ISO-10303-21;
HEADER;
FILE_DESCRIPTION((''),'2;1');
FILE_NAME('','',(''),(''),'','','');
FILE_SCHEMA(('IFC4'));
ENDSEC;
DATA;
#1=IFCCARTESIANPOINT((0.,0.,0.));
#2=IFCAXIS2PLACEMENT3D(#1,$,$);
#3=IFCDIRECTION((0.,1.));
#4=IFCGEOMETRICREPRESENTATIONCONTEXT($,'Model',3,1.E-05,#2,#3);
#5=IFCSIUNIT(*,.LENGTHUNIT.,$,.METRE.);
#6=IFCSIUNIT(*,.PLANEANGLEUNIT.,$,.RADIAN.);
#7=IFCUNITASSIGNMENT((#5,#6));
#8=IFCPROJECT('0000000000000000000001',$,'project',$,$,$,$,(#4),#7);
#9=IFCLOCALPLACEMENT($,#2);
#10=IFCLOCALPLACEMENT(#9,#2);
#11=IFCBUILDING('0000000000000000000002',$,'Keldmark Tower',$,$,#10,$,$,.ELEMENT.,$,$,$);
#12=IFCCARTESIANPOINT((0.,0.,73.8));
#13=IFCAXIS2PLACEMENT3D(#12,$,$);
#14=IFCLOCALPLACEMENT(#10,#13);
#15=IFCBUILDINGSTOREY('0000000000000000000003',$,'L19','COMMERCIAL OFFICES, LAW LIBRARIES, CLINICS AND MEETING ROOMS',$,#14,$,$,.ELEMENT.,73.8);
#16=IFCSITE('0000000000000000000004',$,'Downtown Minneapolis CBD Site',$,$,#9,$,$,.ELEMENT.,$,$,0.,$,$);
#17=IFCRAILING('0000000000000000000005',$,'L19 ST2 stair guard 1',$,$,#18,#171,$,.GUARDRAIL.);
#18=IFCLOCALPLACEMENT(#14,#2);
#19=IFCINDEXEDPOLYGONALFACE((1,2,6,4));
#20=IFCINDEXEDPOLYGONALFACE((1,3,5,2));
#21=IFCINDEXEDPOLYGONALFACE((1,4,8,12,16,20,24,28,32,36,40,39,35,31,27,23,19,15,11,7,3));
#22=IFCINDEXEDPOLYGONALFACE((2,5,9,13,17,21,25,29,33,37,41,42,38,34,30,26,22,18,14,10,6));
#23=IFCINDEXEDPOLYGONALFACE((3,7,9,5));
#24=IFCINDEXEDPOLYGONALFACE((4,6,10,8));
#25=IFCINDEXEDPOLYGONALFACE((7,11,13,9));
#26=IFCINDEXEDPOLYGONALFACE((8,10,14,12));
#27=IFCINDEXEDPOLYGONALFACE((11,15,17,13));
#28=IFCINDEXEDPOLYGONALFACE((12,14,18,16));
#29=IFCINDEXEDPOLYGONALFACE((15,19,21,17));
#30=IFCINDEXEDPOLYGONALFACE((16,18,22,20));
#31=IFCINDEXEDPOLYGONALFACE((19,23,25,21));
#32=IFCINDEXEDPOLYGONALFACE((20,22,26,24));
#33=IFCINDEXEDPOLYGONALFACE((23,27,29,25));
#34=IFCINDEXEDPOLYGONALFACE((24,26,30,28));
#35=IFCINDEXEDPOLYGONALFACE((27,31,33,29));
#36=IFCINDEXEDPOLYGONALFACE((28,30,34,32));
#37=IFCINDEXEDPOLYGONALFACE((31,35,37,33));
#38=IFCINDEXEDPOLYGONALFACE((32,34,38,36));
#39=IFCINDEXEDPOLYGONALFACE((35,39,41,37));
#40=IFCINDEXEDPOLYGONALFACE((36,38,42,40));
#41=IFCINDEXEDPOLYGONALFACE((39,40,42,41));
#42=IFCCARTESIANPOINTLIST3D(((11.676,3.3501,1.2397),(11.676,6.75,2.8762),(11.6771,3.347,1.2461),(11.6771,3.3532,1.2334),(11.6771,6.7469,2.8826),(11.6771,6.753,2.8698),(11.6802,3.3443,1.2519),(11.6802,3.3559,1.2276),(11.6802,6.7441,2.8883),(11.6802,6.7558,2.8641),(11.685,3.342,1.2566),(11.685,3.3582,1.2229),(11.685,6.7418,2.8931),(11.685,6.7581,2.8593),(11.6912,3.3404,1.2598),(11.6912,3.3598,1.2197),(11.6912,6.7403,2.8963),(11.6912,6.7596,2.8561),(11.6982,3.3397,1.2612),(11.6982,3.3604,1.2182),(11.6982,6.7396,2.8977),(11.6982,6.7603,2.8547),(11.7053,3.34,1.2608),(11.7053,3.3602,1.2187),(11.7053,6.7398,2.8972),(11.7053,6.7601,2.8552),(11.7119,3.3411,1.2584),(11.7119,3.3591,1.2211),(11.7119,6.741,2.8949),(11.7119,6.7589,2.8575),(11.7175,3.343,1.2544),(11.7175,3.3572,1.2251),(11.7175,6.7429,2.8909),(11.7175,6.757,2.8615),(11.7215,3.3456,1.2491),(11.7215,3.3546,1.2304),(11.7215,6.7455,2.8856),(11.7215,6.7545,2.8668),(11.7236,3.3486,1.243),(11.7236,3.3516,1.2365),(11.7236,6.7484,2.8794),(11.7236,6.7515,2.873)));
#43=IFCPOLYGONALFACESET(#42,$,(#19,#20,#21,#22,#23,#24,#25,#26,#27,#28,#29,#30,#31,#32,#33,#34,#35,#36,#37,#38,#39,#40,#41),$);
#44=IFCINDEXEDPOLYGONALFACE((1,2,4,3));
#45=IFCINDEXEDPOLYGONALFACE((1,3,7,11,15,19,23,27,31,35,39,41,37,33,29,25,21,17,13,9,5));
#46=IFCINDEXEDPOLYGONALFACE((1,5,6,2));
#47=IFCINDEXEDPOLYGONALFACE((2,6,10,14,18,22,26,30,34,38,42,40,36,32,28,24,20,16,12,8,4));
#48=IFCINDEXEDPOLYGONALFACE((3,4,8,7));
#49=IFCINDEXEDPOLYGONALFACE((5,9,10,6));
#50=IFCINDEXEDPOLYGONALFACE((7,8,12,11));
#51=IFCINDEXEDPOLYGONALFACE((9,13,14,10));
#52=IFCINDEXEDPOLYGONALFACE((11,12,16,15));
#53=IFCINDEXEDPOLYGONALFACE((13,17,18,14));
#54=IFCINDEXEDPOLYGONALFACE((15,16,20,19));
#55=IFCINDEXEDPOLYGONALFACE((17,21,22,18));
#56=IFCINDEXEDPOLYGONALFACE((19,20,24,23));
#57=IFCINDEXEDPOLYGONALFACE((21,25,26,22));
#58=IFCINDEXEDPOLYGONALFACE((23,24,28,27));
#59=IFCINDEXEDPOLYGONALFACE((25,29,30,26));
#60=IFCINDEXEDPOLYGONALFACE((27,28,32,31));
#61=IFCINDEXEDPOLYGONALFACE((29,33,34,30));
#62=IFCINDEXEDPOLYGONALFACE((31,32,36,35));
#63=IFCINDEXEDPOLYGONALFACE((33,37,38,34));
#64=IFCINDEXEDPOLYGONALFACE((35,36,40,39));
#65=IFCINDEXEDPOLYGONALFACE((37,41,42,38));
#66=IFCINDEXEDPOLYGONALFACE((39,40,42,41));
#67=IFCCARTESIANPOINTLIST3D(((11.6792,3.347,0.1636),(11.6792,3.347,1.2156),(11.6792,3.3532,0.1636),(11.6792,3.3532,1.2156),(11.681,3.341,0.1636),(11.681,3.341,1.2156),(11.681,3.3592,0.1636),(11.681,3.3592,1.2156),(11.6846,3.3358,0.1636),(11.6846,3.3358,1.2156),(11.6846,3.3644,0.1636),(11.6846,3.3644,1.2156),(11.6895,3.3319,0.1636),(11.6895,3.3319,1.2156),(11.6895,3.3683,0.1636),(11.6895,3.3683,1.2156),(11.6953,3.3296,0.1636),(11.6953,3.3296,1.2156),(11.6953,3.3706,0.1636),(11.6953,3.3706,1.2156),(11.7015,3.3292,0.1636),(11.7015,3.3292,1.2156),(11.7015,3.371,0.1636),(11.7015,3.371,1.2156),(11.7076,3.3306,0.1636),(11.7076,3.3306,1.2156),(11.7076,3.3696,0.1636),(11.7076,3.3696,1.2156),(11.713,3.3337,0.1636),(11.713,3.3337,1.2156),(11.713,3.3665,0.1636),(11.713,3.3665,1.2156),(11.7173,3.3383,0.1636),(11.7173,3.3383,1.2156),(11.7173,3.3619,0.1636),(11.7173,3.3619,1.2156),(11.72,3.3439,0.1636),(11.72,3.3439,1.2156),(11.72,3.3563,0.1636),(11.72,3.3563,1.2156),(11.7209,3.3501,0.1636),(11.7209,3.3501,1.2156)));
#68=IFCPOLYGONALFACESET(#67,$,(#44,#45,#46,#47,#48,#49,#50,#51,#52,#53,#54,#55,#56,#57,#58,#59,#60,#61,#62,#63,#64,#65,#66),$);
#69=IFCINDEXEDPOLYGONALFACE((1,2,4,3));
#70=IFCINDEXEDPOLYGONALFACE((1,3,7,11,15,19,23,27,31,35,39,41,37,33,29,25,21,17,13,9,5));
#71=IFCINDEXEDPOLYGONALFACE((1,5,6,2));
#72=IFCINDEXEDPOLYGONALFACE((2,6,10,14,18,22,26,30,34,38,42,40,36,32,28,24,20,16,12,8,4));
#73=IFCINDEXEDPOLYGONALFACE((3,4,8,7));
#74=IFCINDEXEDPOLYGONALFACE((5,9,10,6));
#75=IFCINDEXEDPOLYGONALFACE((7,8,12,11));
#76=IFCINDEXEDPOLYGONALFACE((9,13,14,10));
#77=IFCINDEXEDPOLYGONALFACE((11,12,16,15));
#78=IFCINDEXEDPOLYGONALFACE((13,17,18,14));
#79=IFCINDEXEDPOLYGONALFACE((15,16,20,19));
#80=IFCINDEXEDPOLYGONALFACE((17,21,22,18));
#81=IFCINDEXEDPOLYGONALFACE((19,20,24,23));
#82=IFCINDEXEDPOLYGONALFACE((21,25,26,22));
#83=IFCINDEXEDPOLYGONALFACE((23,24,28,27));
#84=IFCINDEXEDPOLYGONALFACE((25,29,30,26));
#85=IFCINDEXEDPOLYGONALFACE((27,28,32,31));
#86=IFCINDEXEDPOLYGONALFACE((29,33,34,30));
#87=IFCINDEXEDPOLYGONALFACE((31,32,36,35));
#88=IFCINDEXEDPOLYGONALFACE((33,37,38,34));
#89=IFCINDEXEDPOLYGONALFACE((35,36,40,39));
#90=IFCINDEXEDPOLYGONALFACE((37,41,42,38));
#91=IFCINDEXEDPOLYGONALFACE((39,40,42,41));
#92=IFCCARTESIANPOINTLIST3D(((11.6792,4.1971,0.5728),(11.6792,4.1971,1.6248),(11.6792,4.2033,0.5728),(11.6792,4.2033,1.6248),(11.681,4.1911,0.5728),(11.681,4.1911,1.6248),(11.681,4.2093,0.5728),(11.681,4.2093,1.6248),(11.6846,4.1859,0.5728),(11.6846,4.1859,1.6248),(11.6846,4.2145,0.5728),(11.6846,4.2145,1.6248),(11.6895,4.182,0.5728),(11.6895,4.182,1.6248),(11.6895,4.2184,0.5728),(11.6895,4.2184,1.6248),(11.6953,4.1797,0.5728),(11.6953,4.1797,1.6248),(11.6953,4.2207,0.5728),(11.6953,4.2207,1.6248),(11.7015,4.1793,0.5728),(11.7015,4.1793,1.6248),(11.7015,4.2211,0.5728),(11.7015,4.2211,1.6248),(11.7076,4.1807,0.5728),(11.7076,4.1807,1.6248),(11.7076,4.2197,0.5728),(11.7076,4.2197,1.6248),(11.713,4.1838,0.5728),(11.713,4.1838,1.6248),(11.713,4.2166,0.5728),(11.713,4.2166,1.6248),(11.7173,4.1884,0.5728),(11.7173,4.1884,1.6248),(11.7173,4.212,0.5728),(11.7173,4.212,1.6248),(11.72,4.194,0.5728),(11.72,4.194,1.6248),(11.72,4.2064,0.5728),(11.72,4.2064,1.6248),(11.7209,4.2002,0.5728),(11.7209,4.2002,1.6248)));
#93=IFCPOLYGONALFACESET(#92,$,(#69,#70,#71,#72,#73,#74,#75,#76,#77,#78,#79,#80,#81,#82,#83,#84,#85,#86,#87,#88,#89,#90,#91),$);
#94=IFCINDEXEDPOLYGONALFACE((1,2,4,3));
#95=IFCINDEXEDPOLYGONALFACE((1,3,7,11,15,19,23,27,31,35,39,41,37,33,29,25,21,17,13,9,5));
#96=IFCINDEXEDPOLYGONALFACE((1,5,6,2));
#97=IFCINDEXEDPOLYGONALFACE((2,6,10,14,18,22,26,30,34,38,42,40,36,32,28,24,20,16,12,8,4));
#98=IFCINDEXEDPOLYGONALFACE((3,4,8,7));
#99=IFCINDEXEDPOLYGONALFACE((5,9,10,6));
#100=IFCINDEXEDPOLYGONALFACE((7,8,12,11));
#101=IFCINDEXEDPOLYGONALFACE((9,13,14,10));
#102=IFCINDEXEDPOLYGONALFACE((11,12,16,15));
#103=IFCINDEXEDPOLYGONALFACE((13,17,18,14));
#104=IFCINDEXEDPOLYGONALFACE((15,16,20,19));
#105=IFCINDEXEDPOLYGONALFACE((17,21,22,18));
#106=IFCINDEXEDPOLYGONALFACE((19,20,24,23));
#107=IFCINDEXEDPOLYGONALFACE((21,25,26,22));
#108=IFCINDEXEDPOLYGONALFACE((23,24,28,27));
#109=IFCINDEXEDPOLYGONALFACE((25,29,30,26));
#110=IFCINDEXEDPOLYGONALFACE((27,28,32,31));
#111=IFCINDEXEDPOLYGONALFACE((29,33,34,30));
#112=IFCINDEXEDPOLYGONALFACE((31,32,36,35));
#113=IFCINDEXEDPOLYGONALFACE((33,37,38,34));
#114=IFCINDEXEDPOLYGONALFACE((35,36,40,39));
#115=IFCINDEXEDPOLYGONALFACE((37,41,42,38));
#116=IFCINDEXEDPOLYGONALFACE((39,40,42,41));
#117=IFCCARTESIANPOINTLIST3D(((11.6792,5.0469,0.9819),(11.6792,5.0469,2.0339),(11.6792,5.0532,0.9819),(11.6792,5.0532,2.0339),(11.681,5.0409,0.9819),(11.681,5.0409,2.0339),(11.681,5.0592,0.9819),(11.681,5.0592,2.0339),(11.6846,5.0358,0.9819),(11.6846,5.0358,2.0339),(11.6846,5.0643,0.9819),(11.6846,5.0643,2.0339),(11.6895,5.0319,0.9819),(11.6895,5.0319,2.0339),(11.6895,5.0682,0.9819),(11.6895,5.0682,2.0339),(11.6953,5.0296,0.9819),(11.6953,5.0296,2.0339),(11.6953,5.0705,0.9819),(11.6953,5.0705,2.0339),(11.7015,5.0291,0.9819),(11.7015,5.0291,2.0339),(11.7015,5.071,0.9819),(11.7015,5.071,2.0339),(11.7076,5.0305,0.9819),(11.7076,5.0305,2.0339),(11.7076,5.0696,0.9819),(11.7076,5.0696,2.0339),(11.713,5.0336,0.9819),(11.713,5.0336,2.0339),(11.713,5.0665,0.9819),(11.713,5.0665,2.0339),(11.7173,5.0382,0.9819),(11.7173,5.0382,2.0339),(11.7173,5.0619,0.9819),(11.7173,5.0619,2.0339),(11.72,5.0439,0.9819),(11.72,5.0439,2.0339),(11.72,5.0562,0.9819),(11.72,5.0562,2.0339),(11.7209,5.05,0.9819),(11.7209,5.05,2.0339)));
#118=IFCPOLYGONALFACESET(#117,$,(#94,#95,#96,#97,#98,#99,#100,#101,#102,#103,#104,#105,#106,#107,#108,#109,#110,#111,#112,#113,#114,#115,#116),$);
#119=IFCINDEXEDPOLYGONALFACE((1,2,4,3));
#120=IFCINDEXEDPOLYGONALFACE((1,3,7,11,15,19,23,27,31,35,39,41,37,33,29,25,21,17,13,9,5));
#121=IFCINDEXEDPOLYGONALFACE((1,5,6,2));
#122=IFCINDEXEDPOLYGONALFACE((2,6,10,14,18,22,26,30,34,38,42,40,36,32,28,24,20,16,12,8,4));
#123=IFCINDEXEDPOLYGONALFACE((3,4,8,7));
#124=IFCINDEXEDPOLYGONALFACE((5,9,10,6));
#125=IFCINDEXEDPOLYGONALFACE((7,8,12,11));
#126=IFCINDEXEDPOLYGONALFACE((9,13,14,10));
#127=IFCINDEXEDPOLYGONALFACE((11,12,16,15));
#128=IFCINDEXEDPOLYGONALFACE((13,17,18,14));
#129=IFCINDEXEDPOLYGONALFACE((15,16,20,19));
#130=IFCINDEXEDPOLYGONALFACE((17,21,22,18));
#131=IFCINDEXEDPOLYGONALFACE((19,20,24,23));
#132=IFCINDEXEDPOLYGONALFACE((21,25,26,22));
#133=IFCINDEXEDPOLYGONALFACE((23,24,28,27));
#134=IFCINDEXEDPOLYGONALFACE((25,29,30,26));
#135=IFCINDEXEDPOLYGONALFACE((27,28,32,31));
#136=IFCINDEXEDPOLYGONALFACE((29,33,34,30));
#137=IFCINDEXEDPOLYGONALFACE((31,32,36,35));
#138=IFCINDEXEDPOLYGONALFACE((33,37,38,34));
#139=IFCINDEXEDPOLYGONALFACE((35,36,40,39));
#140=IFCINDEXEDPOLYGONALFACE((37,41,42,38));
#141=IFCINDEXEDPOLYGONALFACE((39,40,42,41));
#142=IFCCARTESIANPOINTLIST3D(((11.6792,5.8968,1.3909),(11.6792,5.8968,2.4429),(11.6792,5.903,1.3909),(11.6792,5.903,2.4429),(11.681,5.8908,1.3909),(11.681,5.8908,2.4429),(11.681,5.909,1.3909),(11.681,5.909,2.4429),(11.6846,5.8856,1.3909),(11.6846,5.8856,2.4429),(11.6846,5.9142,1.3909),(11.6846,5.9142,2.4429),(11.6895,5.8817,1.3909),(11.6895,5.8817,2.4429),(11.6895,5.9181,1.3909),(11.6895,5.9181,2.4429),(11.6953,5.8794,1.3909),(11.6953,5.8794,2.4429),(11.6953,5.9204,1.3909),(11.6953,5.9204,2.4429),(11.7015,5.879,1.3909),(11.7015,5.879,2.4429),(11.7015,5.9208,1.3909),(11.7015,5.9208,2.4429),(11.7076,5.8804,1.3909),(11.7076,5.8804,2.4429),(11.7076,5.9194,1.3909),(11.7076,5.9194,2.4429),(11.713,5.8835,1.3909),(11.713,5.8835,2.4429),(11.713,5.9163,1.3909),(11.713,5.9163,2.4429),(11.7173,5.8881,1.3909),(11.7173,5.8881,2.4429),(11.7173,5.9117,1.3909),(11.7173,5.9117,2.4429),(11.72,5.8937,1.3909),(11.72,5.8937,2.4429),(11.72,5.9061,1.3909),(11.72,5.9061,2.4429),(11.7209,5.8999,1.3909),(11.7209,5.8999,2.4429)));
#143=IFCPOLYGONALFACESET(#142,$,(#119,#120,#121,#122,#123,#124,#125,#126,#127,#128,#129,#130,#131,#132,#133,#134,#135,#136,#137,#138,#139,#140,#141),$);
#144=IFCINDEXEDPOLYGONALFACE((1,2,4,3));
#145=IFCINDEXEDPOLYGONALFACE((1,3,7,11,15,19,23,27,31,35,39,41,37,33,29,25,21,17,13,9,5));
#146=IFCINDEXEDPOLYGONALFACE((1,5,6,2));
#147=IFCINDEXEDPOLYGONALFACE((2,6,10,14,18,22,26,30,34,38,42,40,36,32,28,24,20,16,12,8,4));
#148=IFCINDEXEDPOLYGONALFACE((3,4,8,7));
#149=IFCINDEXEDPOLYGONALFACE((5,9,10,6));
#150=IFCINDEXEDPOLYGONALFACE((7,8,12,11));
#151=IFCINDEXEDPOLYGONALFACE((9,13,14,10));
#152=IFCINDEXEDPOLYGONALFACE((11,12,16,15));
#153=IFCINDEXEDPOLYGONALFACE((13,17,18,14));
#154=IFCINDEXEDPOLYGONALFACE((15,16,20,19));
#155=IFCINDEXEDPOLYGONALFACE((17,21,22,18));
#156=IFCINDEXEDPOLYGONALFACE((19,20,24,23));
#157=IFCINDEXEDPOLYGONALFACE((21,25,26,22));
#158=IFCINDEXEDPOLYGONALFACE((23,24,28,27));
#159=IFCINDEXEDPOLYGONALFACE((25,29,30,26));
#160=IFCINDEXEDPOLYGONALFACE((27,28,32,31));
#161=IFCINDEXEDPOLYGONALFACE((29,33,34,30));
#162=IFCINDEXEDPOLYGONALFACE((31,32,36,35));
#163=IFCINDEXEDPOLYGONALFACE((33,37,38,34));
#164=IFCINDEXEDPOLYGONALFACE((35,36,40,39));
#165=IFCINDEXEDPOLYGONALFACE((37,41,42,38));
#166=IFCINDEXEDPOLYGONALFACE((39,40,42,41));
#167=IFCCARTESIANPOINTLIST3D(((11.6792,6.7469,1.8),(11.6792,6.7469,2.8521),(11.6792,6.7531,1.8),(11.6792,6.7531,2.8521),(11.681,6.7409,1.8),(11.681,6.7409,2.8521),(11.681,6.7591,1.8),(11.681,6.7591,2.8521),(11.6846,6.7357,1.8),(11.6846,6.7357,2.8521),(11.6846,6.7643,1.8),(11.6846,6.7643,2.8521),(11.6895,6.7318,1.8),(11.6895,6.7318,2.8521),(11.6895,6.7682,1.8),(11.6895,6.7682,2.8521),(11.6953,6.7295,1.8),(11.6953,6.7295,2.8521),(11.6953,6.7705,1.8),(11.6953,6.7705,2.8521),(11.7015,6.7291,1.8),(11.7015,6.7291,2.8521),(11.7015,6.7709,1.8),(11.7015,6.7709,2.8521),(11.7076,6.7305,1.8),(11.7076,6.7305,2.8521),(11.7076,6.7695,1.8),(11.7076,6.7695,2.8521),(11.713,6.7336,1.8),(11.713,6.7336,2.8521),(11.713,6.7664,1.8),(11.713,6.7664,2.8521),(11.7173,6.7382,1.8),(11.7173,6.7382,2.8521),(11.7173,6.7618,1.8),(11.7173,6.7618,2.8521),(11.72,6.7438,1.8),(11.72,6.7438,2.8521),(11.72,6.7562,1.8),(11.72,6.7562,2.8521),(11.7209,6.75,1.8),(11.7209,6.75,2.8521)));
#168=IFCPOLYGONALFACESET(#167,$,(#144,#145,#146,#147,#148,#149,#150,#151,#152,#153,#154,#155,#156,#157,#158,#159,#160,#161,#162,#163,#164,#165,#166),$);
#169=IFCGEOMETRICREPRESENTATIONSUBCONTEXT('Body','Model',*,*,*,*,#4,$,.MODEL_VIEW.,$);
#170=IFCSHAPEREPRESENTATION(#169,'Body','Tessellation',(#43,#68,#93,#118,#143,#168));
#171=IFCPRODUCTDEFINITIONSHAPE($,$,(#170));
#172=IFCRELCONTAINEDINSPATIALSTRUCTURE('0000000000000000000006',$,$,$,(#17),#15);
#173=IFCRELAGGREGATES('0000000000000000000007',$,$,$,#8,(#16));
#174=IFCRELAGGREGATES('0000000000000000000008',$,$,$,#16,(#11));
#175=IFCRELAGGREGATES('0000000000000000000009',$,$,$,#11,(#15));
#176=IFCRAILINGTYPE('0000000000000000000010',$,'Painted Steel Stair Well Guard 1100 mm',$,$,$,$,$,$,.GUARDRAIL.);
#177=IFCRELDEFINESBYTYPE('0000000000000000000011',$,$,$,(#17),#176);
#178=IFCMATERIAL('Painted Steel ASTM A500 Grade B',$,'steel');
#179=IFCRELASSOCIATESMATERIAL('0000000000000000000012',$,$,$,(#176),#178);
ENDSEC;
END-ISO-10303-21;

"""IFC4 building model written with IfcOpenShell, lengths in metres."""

from ifc_helpers import new_model, si_unit, direction, frame, origin, origin_2d, place, context, subcontext, project, spatial, circle, extrude, material, type_object, element, save


model = new_model("IFC4")

# Units and contexts
model_context = context("Model", 3, precision=1e-05, world=origin(), true_north=direction((0.0, 1.0)))
body_context = subcontext(model_context, "Body", "Model", "MODEL_VIEW")
ifc_project = project(units=[si_unit("LENGTHUNIT", "METRE"), si_unit("PLANEANGLEUNIT", "RADIAN")], contexts=[model_context])

# Site, building, storey
site_placement = place(None, origin())
site = spatial("IfcSite", under=ifc_project, at=site_placement, Name="Downtown Minneapolis CBD Site", CompositionType="ELEMENT", RefElevation=0.0)
building_placement = place(site_placement, origin())
building = spatial("IfcBuilding", under=site, at=building_placement, Name="Keldmark Tower", CompositionType="ELEMENT")
storey_placement = place(building_placement, frame((0.0, 0.0, 73.8)))
storey = spatial("IfcBuildingStorey", under=building, at=storey_placement, Name="L19", Description="COMMERCIAL OFFICES, LAW LIBRARIES, CLINICS AND MEETING ROOMS", CompositionType="ELEMENT", Elevation=73.8)

# Railing
ifc_material_1 = material(Name="Painted Steel ASTM A500 Grade B", Category="steel")
railing_type_1 = type_object("IfcRailingType", Name="Painted Steel Stair Well Guard 1100 mm", PredefinedType="GUARDRAIL", material=ifc_material_1)
railing_1_placement = place(storey_placement, frame((11.7, 3.3501, 0.1636)))
element("IfcRailing", 1, at=railing_1_placement, inside=storey, type_object=railing_type_1, Name="L19 ST2 stair guard 1", PredefinedType="GUARDRAIL", context=body_context, shape_type="SweptSolid", body=[
    extrude(circle(Radius=0.0239, at=origin_2d()), frame((0.0, 0.0, 1.0762), z_axis=(0.0, 0.901055, 0.433705), x_axis=(-1.0, 0.0, 0.0)), (0.0, 0.0, 1.0), 3.7732),
    extrude(circle(Radius=0.021, at=origin_2d()), origin(), (0.0, 0.0, 1.0), 1.052),
    extrude(circle(Radius=0.021, at=origin_2d()), frame((0.0, 0.8501, 0.4092)), (0.0, 0.0, 1.0), 1.052),
    extrude(circle(Radius=0.021, at=origin_2d()), frame((0.0, 1.7, 0.8184)), (0.0, 0.0, 1.0), 1.052),
    extrude(circle(Radius=0.021, at=origin_2d()), frame((0.0, 2.5498, 1.2273)), (0.0, 0.0, 1.0), 1.052),
    extrude(circle(Radius=0.021, at=origin_2d()), frame((0.0, 3.3999, 1.6365)), (0.0, 0.0, 1.0), 1.052),
])

save(model, "model.ifc")
